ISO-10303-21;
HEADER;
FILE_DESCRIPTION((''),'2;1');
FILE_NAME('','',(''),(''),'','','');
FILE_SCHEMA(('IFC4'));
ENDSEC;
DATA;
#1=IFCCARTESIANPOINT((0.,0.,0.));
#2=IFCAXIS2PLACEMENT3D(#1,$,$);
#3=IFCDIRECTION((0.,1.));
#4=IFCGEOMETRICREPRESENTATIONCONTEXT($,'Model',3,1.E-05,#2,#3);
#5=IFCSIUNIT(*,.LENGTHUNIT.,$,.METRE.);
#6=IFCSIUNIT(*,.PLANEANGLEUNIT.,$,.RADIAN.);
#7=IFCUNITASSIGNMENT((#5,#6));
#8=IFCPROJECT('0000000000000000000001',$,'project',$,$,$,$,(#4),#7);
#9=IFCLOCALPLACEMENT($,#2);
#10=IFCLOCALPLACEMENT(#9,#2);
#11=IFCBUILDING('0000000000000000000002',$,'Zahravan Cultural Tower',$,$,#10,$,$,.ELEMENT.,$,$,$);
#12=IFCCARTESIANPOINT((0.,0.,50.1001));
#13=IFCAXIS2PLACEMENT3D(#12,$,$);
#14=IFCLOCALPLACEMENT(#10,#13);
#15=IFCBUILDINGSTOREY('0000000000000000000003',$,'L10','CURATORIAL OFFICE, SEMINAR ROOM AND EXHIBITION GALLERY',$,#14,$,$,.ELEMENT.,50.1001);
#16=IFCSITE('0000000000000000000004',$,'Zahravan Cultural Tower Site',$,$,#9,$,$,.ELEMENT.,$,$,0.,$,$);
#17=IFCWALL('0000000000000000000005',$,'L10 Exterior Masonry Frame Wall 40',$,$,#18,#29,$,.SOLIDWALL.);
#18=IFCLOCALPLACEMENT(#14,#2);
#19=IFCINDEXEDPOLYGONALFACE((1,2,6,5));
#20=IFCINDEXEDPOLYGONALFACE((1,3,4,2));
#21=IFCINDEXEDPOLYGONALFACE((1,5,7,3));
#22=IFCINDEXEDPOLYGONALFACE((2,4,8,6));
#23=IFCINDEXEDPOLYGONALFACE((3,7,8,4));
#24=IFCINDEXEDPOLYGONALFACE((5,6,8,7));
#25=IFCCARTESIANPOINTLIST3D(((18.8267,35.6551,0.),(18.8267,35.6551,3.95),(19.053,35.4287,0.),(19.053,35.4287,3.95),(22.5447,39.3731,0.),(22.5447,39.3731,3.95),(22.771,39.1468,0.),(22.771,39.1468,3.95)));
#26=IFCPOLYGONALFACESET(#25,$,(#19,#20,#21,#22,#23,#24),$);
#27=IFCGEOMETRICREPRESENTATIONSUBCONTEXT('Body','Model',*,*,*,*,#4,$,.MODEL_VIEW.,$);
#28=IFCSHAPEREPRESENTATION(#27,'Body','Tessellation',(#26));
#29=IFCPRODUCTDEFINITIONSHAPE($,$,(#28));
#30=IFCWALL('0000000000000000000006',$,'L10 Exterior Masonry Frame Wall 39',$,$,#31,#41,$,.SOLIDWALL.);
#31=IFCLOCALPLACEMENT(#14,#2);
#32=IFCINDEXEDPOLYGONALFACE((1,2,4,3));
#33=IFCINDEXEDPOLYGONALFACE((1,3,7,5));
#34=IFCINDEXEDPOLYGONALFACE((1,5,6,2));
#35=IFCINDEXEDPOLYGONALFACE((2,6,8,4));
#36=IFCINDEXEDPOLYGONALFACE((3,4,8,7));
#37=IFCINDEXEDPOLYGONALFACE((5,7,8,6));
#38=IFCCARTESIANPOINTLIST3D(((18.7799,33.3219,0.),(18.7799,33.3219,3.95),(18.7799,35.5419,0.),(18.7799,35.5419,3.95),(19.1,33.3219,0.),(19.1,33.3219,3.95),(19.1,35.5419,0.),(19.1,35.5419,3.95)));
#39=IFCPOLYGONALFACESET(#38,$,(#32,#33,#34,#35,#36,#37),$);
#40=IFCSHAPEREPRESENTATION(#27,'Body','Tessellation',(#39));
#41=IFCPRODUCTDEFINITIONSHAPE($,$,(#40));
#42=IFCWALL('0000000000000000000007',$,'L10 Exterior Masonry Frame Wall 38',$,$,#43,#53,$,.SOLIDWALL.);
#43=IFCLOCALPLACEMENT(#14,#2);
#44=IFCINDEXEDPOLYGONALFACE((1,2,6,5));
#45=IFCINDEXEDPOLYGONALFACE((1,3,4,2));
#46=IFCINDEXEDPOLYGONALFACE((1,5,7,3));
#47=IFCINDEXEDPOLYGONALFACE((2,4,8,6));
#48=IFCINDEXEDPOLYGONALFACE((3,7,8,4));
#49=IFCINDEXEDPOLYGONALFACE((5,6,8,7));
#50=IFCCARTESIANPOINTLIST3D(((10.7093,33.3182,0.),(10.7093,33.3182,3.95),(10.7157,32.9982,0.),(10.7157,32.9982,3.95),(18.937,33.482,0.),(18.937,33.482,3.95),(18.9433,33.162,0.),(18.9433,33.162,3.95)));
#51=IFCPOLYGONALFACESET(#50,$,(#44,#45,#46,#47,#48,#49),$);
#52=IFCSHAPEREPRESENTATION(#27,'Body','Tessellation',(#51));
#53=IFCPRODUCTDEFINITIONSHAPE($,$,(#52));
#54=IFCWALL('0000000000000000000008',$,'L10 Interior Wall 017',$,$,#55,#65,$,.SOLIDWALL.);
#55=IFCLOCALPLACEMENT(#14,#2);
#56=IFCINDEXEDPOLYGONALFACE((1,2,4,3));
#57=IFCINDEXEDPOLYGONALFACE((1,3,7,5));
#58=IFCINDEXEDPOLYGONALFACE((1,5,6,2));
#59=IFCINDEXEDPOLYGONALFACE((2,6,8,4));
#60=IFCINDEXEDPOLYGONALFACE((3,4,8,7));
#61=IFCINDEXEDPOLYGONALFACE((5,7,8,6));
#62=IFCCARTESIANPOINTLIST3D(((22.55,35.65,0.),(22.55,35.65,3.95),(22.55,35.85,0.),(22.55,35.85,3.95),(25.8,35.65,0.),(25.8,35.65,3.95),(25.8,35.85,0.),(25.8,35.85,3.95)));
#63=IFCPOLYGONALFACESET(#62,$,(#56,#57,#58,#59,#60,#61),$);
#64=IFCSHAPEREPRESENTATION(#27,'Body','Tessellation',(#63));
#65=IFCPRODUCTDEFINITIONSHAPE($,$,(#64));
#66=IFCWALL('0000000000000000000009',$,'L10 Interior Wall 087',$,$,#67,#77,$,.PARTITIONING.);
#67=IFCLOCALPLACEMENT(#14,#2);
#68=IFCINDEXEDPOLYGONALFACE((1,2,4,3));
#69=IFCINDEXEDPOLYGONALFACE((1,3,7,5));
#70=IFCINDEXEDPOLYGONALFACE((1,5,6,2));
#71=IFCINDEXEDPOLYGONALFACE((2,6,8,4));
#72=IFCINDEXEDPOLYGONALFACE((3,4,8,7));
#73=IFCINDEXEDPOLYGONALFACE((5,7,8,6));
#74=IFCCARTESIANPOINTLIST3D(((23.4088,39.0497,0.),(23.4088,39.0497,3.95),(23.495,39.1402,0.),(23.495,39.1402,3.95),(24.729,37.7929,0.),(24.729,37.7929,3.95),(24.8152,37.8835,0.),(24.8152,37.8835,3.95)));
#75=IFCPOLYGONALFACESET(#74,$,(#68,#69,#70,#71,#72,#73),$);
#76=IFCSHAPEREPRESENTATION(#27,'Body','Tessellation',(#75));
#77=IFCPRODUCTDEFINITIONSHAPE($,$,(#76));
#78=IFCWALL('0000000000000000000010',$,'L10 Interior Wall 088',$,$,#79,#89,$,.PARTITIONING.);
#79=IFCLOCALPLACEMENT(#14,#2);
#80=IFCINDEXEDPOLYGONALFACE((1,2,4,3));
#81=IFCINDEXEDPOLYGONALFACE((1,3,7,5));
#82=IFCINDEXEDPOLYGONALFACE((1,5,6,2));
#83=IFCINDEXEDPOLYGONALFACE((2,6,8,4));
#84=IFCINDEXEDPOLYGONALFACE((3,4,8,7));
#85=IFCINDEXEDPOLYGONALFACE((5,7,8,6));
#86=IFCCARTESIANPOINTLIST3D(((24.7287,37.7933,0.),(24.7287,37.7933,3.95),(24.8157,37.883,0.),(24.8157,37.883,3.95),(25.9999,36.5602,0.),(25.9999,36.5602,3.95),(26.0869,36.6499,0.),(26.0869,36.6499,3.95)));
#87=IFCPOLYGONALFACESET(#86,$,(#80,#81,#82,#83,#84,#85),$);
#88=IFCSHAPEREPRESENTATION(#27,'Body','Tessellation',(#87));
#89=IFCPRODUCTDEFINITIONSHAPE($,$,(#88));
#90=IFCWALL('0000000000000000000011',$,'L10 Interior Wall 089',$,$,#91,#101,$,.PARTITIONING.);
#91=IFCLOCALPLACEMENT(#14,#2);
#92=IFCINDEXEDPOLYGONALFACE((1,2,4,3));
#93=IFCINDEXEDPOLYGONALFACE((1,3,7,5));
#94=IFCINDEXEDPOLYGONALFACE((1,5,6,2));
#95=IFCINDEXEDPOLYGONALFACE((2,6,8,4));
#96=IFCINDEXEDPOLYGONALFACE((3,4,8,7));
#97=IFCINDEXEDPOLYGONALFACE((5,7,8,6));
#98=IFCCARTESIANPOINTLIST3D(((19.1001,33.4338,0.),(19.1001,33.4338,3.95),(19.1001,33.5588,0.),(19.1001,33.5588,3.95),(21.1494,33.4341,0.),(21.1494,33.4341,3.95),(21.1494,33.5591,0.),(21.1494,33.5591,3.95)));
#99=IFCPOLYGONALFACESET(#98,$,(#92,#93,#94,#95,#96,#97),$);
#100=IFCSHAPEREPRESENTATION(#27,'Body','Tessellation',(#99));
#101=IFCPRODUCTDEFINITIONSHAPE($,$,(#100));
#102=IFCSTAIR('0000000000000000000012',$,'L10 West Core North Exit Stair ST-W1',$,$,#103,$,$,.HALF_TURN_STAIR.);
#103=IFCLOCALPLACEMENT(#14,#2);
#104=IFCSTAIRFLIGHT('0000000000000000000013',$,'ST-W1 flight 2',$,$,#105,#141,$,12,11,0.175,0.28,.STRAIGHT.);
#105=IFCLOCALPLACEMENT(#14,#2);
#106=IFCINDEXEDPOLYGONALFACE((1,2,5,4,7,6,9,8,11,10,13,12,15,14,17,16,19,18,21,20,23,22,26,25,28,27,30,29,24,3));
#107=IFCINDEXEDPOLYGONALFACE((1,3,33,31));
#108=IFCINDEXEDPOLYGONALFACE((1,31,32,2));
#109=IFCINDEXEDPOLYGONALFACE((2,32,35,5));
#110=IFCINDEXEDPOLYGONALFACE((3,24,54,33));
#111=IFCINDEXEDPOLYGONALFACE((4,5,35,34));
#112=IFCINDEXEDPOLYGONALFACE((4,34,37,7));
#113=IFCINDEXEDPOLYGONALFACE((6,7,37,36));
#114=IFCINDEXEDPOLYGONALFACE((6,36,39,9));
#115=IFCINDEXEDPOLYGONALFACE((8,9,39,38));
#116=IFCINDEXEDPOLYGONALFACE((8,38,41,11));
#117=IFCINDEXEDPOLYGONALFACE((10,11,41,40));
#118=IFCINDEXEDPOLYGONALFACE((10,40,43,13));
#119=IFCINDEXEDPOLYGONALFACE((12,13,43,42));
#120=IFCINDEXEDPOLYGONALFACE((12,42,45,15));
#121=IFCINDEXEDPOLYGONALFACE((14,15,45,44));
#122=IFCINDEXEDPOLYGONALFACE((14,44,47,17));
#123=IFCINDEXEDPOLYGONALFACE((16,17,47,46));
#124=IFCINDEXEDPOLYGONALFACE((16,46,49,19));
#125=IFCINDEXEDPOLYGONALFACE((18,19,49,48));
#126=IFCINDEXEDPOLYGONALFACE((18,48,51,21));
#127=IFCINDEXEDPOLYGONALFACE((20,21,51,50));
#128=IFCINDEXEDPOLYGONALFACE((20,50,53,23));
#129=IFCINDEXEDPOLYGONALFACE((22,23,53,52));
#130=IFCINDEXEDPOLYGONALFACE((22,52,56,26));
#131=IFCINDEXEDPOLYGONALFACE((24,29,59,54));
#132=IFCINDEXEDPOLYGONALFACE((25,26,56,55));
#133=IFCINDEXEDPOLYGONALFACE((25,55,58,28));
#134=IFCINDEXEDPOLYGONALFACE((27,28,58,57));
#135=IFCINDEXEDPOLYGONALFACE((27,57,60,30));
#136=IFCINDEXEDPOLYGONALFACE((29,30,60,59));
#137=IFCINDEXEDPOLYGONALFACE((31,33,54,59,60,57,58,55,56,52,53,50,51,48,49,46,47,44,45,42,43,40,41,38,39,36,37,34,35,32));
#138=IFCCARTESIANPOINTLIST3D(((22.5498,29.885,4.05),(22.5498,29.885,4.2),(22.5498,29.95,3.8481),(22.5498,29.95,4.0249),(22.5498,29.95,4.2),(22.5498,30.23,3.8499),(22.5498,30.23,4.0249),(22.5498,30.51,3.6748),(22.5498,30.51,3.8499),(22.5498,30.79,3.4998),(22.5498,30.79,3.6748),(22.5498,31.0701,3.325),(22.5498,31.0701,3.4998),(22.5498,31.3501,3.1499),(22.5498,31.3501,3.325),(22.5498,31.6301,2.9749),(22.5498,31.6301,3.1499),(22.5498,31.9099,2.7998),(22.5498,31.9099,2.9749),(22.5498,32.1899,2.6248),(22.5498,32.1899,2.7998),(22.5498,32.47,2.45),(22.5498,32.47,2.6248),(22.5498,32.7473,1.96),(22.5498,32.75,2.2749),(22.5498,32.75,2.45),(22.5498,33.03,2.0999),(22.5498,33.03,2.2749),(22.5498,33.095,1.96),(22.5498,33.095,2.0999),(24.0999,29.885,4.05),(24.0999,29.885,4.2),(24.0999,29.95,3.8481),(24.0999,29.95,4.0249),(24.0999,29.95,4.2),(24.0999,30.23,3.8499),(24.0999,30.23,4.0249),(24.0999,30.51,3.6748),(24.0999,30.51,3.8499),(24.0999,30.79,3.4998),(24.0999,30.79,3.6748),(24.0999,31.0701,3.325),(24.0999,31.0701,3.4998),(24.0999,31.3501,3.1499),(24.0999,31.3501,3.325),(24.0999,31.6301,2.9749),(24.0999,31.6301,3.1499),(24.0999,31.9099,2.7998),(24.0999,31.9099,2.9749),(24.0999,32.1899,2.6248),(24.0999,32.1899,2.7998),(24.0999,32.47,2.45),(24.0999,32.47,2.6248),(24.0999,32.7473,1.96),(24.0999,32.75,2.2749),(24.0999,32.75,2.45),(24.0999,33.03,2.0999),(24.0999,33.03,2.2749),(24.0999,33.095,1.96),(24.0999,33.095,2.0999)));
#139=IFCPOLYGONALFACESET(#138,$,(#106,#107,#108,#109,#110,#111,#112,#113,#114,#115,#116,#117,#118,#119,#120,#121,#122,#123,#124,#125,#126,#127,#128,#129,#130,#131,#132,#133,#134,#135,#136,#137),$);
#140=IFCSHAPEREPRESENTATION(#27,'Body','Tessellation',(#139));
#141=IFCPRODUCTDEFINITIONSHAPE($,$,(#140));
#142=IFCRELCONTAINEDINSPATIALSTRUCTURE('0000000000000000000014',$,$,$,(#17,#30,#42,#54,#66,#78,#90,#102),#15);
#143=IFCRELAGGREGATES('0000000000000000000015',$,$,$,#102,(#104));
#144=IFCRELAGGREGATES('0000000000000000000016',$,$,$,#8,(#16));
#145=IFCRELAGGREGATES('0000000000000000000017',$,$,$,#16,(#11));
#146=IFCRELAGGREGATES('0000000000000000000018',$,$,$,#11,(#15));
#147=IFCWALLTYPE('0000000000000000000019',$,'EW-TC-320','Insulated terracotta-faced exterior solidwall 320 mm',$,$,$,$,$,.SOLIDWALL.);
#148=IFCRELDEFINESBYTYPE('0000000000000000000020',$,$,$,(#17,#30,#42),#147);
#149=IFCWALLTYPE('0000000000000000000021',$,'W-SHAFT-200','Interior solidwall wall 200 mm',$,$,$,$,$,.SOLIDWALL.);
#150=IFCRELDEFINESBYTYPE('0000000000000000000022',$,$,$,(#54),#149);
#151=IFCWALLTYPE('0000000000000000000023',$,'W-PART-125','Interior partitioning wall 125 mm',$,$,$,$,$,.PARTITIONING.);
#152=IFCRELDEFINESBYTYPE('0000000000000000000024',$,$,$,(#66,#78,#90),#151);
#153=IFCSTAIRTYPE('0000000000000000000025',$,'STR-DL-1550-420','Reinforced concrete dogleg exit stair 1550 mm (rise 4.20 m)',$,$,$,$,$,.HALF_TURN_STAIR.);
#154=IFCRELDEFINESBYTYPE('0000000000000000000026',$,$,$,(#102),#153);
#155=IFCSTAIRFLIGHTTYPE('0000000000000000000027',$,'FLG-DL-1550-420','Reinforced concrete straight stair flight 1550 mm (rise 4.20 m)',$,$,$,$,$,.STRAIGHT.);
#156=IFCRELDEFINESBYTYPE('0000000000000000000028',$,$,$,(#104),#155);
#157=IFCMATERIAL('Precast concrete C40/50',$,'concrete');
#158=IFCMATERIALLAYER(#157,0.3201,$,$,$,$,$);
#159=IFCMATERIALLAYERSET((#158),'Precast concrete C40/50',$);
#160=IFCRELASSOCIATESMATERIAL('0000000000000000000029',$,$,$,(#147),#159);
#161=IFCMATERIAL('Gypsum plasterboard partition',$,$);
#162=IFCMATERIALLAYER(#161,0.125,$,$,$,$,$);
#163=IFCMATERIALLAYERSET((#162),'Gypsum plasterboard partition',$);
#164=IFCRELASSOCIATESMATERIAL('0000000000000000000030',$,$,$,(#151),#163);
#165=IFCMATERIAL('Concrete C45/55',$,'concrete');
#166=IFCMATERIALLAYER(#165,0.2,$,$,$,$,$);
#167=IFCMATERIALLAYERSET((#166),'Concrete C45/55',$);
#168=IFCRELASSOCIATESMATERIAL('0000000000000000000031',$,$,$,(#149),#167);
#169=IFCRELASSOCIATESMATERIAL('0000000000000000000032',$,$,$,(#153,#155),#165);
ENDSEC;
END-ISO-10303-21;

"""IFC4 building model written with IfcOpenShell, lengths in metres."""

from ifc_helpers import new_model, si_unit, direction, frame, frame_2d, origin, place, context, subcontext, project, spatial, polyline, rectangle, outline, extrude, source, transform, mapped, material, layer, layer_set, type_object, element, aggregate, save


model = new_model("IFC4")

# Units and contexts
model_context = context("Model", 3, precision=1e-05, world=origin(), true_north=direction((0.0, 1.0)))
body_context = subcontext(model_context, "Body", "Model", "MODEL_VIEW")
ifc_project = project(units=[si_unit("LENGTHUNIT", "METRE"), si_unit("PLANEANGLEUNIT", "RADIAN")], contexts=[model_context])

# Site, building, storey
site_placement = place(None, origin())
site = spatial("IfcSite", under=ifc_project, at=site_placement, Name="Zahravan Cultural Tower Site", CompositionType="ELEMENT", RefElevation=0.0)
building_placement = place(site_placement, origin())
building = spatial("IfcBuilding", under=site, at=building_placement, Name="Zahravan Cultural Tower", CompositionType="ELEMENT")
storey_placement = place(building_placement, frame((0.0, 0.0, 50.1001)))
storey = spatial("IfcBuildingStorey", under=building, at=storey_placement, Name="L10", Description="CURATORIAL OFFICE, SEMINAR ROOM AND EXHIBITION GALLERY", CompositionType="ELEMENT", Elevation=50.1001)

# Shared definitions
ifc_material_1 = material(Name="Precast concrete C40/50", Category="concrete")
ifc_layer_1 = layer(ifc_material_1, 0.3201)
ifc_layer_set_1 = layer_set([ifc_layer_1], Name="Precast concrete C40/50")
wall_type_1 = type_object("IfcWallType", Name="EW-TC-320", Description="Insulated terracotta-faced exterior solidwall 320 mm", PredefinedType="SOLIDWALL", material=ifc_layer_set_1)
ifc_material_2 = material(Name="Gypsum plasterboard partition")
ifc_layer_2 = layer(ifc_material_2, 0.125)
ifc_layer_set_2 = layer_set([ifc_layer_2], Name="Gypsum plasterboard partition")
wall_type_2 = type_object("IfcWallType", Name="W-PART-125", Description="Interior partitioning wall 125 mm", PredefinedType="PARTITIONING", material=ifc_layer_set_2)
ifc_material_3 = material(Name="Concrete C45/55", Category="concrete")
ifc_layer_3 = layer(ifc_material_3, 0.2)
ifc_layer_set_3 = layer_set([ifc_layer_3], Name="Concrete C45/55")
wall_type_3 = type_object("IfcWallType", Name="W-SHAFT-200", Description="Interior solidwall wall 200 mm", PredefinedType="SOLIDWALL", material=ifc_layer_set_3)

# Walls
shared_shape_1 = source(origin(), body_context, "Body", "SweptSolid", [
    extrude(rectangle(XDim=5.2581, YDim=0.3201, at=frame_2d((2.6289, 0.0))), origin(), (0.0, 0.0, 1.0), 3.95),
])
wall_1_placement = place(storey_placement, frame((18.9399, 35.542, 0.0), z_axis=(0.0, 0.0, 1.0), x_axis=(0.707107, 0.707107, 0.0)))
element("IfcWall", 1, at=wall_1_placement, inside=storey, type_object=wall_type_1, Name="L10 Exterior Masonry Frame Wall 40", PredefinedType="SOLIDWALL", context=body_context, shape_type="MappedRepresentation", body=[
    mapped(shared_shape_1, transform((0.0, 0.0, 0.0), x_axis=(1.0, 0.0, 0.0), y_axis=(0.0, 1.0, 0.0), z_axis=(0.0, 0.0, 1.0), scale=1.0)),
])
shared_shape_2 = source(origin(), body_context, "Body", "SweptSolid", [
    extrude(rectangle(XDim=2.22, YDim=0.3201, at=frame_2d((1.1099, 0.0))), origin(), (0.0, 0.0, 1.0), 3.95),
])
wall_2_placement = place(storey_placement, frame((18.9399, 33.322, 0.0), z_axis=(0.0, 0.0, 1.0), x_axis=(0.0, 1.0, 0.0)))
element("IfcWall", 2, at=wall_2_placement, inside=storey, type_object=wall_type_1, Name="L10 Exterior Masonry Frame Wall 39", PredefinedType="SOLIDWALL", context=body_context, shape_type="MappedRepresentation", body=[
    mapped(shared_shape_2, transform((0.0, 0.0, 0.0), x_axis=(1.0, 0.0, 0.0), y_axis=(0.0, 1.0, 0.0), z_axis=(0.0, 0.0, 1.0), scale=1.0)),
])
shared_shape_3 = source(origin(), body_context, "Body", "SweptSolid", [
    extrude(rectangle(XDim=8.2292, YDim=0.3201, at=frame_2d((4.1147, 0.0))), origin(), (0.0, 0.0, 1.0), 3.95),
])
wall_3_placement = place(storey_placement, frame((10.7124, 33.1582, 0.0), z_axis=(0.0, 0.0, 1.0), x_axis=(0.999802, 0.019907, 0.0)))
element("IfcWall", 3, at=wall_3_placement, inside=storey, type_object=wall_type_1, Name="L10 Exterior Masonry Frame Wall 38", PredefinedType="SOLIDWALL", context=body_context, shape_type="MappedRepresentation", body=[
    mapped(shared_shape_3, transform((0.0, 0.0, 0.0), x_axis=(1.0, 0.0, 0.0), y_axis=(0.0, 1.0, 0.0), z_axis=(0.0, 0.0, 1.0), scale=1.0)),
])
shared_shape_4 = source(origin(), body_context, "Body", "SweptSolid", [
    extrude(rectangle(XDim=3.25, YDim=0.2, at=frame_2d((1.625, 0.0))), origin(), (0.0, 0.0, 1.0), 3.95),
])
wall_4_placement = place(storey_placement, frame((22.55, 35.75, 0.0), z_axis=(0.0, 0.0, 1.0), x_axis=(1.0, 0.0, 0.0)))
element("IfcWall", 4, at=wall_4_placement, inside=storey, type_object=wall_type_3, Name="L10 Interior Wall 017", PredefinedType="SOLIDWALL", context=body_context, shape_type="MappedRepresentation", body=[
    mapped(shared_shape_4, transform((0.0, 0.0, 0.0), x_axis=(1.0, 0.0, 0.0), y_axis=(0.0, 1.0, 0.0), z_axis=(0.0, 0.0, 1.0), scale=1.0)),
])
shared_shape_5 = source(origin(), body_context, "Body", "SweptSolid", [
    extrude(rectangle(XDim=1.8228, YDim=0.125, at=frame_2d((0.9114, 0.0))), origin(), (0.0, 0.0, 1.0), 3.95),
])
wall_5_placement = place(storey_placement, frame((23.4519, 39.095, 0.0), z_axis=(0.0, 0.0, 1.0), x_axis=(0.724304, -0.689481, 0.0)))
element("IfcWall", 5, at=wall_5_placement, inside=storey, type_object=wall_type_2, Name="L10 Interior Wall 087", PredefinedType="PARTITIONING", context=body_context, shape_type="MappedRepresentation", body=[
    mapped(shared_shape_5, transform((0.0, 0.0, 0.0), x_axis=(1.0, 0.0, 0.0), y_axis=(0.0, 1.0, 0.0), z_axis=(0.0, 0.0, 1.0), scale=1.0)),
])
shared_shape_6 = source(origin(), body_context, "Body", "SweptSolid", [
    extrude(rectangle(XDim=1.771, YDim=0.125, at=frame_2d((0.8855, 0.0))), origin(), (0.0, 0.0, 1.0), 3.95),
])
wall_6_placement = place(storey_placement, frame((24.7722, 37.8381, 0.0), z_axis=(0.0, 0.0, 1.0), x_axis=(0.717777, -0.696273, 0.0)))
element("IfcWall", 6, at=wall_6_placement, inside=storey, type_object=wall_type_2, Name="L10 Interior Wall 088", PredefinedType="PARTITIONING", context=body_context, shape_type="MappedRepresentation", body=[
    mapped(shared_shape_6, transform((0.0, 0.0, 0.0), x_axis=(1.0, 0.0, 0.0), y_axis=(0.0, 1.0, 0.0), z_axis=(0.0, 0.0, 1.0), scale=1.0)),
])
shared_shape_7 = source(origin(), body_context, "Body", "SweptSolid", [
    extrude(rectangle(XDim=2.0493, YDim=0.125, at=frame_2d((1.0247, 0.0))), origin(), (0.0, 0.0, 1.0), 3.95),
])
wall_7_placement = place(storey_placement, frame((21.1494, 33.4966, 0.0), z_axis=(0.0, 0.0, 1.0), x_axis=(-1.0, -0.000119, 0.0)))
element("IfcWall", 7, at=wall_7_placement, inside=storey, type_object=wall_type_2, Name="L10 Interior Wall 089", PredefinedType="PARTITIONING", context=body_context, shape_type="MappedRepresentation", body=[
    mapped(shared_shape_7, transform((0.0, 0.0, 0.0), x_axis=(1.0, 0.0, 0.0), y_axis=(0.0, 1.0, 0.0), z_axis=(0.0, 0.0, 1.0), scale=1.0)),
])

# Stair, stair flight
stair_type = type_object("IfcStairType", Name="STR-DL-1550-420", Description="Reinforced concrete dogleg exit stair 1550 mm (rise 4.20 m)", PredefinedType="HALF_TURN_STAIR", material=ifc_material_3)
stair_placement = place(storey_placement, origin())
stair = element("IfcStair", 8, at=stair_placement, inside=storey, type_object=stair_type, Name="L10 West Core North Exit Stair ST-W1", PredefinedType="HALF_TURN_STAIR")
stair_flight_type = type_object("IfcStairFlightType", Name="FLG-DL-1550-420", Description="Reinforced concrete straight stair flight 1550 mm (rise 4.20 m)", PredefinedType="STRAIGHT", material=ifc_material_3)
stair_flight_placement = place(storey_placement, frame((23.325, 33.03, 2.0999), z_axis=(0.0, 0.0, 1.0), x_axis=(0.0, -1.0, 0.0)))
stair_flight = element("IfcStairFlight", 9, at=stair_flight_placement, type_object=stair_flight_type, Name="ST-W1 flight 2", NumberOfRisers=12, NumberOfTreads=11, PredefinedType="STRAIGHT", RiserHeight=0.175, TreadLength=0.28, context=body_context, shape_type="SweptSolid", body=[
    extrude(outline(polyline([(-0.0649, -0.1399), (-0.0649, 0.0), (0.0, 0.0), (0.0, 0.175), (0.28, 0.175), (0.28, 0.3501), (0.5601, 0.3501), (0.5601, 0.5249), (0.8401, 0.5249), (0.8401, 0.7), (1.1201, 0.7), (1.1201, 0.875), (1.3999, 0.875), (1.3999, 1.05), (1.6799, 1.05), (1.6799, 1.2251), (1.96, 1.2251), (1.96, 1.3999), (2.24, 1.3999), (2.24, 1.575), (2.52, 1.575), (2.52, 1.75), (2.8, 1.75), (2.8, 1.925), (3.0801, 1.925), (3.0801, 2.1001), (3.145, 2.1001), (3.145, 1.9502), (3.0801, 1.7483), (0.2827, -0.1399), (-0.0649, -0.1399)])), frame((0.0, 0.7749, 0.0), z_axis=(0.0, -1.0, 0.0), x_axis=(1.0, 0.0, 0.0)), (0.0, 0.0, 1.0), 1.55),
])
aggregate(stair, [stair_flight])

save(model, "model.ifc")
